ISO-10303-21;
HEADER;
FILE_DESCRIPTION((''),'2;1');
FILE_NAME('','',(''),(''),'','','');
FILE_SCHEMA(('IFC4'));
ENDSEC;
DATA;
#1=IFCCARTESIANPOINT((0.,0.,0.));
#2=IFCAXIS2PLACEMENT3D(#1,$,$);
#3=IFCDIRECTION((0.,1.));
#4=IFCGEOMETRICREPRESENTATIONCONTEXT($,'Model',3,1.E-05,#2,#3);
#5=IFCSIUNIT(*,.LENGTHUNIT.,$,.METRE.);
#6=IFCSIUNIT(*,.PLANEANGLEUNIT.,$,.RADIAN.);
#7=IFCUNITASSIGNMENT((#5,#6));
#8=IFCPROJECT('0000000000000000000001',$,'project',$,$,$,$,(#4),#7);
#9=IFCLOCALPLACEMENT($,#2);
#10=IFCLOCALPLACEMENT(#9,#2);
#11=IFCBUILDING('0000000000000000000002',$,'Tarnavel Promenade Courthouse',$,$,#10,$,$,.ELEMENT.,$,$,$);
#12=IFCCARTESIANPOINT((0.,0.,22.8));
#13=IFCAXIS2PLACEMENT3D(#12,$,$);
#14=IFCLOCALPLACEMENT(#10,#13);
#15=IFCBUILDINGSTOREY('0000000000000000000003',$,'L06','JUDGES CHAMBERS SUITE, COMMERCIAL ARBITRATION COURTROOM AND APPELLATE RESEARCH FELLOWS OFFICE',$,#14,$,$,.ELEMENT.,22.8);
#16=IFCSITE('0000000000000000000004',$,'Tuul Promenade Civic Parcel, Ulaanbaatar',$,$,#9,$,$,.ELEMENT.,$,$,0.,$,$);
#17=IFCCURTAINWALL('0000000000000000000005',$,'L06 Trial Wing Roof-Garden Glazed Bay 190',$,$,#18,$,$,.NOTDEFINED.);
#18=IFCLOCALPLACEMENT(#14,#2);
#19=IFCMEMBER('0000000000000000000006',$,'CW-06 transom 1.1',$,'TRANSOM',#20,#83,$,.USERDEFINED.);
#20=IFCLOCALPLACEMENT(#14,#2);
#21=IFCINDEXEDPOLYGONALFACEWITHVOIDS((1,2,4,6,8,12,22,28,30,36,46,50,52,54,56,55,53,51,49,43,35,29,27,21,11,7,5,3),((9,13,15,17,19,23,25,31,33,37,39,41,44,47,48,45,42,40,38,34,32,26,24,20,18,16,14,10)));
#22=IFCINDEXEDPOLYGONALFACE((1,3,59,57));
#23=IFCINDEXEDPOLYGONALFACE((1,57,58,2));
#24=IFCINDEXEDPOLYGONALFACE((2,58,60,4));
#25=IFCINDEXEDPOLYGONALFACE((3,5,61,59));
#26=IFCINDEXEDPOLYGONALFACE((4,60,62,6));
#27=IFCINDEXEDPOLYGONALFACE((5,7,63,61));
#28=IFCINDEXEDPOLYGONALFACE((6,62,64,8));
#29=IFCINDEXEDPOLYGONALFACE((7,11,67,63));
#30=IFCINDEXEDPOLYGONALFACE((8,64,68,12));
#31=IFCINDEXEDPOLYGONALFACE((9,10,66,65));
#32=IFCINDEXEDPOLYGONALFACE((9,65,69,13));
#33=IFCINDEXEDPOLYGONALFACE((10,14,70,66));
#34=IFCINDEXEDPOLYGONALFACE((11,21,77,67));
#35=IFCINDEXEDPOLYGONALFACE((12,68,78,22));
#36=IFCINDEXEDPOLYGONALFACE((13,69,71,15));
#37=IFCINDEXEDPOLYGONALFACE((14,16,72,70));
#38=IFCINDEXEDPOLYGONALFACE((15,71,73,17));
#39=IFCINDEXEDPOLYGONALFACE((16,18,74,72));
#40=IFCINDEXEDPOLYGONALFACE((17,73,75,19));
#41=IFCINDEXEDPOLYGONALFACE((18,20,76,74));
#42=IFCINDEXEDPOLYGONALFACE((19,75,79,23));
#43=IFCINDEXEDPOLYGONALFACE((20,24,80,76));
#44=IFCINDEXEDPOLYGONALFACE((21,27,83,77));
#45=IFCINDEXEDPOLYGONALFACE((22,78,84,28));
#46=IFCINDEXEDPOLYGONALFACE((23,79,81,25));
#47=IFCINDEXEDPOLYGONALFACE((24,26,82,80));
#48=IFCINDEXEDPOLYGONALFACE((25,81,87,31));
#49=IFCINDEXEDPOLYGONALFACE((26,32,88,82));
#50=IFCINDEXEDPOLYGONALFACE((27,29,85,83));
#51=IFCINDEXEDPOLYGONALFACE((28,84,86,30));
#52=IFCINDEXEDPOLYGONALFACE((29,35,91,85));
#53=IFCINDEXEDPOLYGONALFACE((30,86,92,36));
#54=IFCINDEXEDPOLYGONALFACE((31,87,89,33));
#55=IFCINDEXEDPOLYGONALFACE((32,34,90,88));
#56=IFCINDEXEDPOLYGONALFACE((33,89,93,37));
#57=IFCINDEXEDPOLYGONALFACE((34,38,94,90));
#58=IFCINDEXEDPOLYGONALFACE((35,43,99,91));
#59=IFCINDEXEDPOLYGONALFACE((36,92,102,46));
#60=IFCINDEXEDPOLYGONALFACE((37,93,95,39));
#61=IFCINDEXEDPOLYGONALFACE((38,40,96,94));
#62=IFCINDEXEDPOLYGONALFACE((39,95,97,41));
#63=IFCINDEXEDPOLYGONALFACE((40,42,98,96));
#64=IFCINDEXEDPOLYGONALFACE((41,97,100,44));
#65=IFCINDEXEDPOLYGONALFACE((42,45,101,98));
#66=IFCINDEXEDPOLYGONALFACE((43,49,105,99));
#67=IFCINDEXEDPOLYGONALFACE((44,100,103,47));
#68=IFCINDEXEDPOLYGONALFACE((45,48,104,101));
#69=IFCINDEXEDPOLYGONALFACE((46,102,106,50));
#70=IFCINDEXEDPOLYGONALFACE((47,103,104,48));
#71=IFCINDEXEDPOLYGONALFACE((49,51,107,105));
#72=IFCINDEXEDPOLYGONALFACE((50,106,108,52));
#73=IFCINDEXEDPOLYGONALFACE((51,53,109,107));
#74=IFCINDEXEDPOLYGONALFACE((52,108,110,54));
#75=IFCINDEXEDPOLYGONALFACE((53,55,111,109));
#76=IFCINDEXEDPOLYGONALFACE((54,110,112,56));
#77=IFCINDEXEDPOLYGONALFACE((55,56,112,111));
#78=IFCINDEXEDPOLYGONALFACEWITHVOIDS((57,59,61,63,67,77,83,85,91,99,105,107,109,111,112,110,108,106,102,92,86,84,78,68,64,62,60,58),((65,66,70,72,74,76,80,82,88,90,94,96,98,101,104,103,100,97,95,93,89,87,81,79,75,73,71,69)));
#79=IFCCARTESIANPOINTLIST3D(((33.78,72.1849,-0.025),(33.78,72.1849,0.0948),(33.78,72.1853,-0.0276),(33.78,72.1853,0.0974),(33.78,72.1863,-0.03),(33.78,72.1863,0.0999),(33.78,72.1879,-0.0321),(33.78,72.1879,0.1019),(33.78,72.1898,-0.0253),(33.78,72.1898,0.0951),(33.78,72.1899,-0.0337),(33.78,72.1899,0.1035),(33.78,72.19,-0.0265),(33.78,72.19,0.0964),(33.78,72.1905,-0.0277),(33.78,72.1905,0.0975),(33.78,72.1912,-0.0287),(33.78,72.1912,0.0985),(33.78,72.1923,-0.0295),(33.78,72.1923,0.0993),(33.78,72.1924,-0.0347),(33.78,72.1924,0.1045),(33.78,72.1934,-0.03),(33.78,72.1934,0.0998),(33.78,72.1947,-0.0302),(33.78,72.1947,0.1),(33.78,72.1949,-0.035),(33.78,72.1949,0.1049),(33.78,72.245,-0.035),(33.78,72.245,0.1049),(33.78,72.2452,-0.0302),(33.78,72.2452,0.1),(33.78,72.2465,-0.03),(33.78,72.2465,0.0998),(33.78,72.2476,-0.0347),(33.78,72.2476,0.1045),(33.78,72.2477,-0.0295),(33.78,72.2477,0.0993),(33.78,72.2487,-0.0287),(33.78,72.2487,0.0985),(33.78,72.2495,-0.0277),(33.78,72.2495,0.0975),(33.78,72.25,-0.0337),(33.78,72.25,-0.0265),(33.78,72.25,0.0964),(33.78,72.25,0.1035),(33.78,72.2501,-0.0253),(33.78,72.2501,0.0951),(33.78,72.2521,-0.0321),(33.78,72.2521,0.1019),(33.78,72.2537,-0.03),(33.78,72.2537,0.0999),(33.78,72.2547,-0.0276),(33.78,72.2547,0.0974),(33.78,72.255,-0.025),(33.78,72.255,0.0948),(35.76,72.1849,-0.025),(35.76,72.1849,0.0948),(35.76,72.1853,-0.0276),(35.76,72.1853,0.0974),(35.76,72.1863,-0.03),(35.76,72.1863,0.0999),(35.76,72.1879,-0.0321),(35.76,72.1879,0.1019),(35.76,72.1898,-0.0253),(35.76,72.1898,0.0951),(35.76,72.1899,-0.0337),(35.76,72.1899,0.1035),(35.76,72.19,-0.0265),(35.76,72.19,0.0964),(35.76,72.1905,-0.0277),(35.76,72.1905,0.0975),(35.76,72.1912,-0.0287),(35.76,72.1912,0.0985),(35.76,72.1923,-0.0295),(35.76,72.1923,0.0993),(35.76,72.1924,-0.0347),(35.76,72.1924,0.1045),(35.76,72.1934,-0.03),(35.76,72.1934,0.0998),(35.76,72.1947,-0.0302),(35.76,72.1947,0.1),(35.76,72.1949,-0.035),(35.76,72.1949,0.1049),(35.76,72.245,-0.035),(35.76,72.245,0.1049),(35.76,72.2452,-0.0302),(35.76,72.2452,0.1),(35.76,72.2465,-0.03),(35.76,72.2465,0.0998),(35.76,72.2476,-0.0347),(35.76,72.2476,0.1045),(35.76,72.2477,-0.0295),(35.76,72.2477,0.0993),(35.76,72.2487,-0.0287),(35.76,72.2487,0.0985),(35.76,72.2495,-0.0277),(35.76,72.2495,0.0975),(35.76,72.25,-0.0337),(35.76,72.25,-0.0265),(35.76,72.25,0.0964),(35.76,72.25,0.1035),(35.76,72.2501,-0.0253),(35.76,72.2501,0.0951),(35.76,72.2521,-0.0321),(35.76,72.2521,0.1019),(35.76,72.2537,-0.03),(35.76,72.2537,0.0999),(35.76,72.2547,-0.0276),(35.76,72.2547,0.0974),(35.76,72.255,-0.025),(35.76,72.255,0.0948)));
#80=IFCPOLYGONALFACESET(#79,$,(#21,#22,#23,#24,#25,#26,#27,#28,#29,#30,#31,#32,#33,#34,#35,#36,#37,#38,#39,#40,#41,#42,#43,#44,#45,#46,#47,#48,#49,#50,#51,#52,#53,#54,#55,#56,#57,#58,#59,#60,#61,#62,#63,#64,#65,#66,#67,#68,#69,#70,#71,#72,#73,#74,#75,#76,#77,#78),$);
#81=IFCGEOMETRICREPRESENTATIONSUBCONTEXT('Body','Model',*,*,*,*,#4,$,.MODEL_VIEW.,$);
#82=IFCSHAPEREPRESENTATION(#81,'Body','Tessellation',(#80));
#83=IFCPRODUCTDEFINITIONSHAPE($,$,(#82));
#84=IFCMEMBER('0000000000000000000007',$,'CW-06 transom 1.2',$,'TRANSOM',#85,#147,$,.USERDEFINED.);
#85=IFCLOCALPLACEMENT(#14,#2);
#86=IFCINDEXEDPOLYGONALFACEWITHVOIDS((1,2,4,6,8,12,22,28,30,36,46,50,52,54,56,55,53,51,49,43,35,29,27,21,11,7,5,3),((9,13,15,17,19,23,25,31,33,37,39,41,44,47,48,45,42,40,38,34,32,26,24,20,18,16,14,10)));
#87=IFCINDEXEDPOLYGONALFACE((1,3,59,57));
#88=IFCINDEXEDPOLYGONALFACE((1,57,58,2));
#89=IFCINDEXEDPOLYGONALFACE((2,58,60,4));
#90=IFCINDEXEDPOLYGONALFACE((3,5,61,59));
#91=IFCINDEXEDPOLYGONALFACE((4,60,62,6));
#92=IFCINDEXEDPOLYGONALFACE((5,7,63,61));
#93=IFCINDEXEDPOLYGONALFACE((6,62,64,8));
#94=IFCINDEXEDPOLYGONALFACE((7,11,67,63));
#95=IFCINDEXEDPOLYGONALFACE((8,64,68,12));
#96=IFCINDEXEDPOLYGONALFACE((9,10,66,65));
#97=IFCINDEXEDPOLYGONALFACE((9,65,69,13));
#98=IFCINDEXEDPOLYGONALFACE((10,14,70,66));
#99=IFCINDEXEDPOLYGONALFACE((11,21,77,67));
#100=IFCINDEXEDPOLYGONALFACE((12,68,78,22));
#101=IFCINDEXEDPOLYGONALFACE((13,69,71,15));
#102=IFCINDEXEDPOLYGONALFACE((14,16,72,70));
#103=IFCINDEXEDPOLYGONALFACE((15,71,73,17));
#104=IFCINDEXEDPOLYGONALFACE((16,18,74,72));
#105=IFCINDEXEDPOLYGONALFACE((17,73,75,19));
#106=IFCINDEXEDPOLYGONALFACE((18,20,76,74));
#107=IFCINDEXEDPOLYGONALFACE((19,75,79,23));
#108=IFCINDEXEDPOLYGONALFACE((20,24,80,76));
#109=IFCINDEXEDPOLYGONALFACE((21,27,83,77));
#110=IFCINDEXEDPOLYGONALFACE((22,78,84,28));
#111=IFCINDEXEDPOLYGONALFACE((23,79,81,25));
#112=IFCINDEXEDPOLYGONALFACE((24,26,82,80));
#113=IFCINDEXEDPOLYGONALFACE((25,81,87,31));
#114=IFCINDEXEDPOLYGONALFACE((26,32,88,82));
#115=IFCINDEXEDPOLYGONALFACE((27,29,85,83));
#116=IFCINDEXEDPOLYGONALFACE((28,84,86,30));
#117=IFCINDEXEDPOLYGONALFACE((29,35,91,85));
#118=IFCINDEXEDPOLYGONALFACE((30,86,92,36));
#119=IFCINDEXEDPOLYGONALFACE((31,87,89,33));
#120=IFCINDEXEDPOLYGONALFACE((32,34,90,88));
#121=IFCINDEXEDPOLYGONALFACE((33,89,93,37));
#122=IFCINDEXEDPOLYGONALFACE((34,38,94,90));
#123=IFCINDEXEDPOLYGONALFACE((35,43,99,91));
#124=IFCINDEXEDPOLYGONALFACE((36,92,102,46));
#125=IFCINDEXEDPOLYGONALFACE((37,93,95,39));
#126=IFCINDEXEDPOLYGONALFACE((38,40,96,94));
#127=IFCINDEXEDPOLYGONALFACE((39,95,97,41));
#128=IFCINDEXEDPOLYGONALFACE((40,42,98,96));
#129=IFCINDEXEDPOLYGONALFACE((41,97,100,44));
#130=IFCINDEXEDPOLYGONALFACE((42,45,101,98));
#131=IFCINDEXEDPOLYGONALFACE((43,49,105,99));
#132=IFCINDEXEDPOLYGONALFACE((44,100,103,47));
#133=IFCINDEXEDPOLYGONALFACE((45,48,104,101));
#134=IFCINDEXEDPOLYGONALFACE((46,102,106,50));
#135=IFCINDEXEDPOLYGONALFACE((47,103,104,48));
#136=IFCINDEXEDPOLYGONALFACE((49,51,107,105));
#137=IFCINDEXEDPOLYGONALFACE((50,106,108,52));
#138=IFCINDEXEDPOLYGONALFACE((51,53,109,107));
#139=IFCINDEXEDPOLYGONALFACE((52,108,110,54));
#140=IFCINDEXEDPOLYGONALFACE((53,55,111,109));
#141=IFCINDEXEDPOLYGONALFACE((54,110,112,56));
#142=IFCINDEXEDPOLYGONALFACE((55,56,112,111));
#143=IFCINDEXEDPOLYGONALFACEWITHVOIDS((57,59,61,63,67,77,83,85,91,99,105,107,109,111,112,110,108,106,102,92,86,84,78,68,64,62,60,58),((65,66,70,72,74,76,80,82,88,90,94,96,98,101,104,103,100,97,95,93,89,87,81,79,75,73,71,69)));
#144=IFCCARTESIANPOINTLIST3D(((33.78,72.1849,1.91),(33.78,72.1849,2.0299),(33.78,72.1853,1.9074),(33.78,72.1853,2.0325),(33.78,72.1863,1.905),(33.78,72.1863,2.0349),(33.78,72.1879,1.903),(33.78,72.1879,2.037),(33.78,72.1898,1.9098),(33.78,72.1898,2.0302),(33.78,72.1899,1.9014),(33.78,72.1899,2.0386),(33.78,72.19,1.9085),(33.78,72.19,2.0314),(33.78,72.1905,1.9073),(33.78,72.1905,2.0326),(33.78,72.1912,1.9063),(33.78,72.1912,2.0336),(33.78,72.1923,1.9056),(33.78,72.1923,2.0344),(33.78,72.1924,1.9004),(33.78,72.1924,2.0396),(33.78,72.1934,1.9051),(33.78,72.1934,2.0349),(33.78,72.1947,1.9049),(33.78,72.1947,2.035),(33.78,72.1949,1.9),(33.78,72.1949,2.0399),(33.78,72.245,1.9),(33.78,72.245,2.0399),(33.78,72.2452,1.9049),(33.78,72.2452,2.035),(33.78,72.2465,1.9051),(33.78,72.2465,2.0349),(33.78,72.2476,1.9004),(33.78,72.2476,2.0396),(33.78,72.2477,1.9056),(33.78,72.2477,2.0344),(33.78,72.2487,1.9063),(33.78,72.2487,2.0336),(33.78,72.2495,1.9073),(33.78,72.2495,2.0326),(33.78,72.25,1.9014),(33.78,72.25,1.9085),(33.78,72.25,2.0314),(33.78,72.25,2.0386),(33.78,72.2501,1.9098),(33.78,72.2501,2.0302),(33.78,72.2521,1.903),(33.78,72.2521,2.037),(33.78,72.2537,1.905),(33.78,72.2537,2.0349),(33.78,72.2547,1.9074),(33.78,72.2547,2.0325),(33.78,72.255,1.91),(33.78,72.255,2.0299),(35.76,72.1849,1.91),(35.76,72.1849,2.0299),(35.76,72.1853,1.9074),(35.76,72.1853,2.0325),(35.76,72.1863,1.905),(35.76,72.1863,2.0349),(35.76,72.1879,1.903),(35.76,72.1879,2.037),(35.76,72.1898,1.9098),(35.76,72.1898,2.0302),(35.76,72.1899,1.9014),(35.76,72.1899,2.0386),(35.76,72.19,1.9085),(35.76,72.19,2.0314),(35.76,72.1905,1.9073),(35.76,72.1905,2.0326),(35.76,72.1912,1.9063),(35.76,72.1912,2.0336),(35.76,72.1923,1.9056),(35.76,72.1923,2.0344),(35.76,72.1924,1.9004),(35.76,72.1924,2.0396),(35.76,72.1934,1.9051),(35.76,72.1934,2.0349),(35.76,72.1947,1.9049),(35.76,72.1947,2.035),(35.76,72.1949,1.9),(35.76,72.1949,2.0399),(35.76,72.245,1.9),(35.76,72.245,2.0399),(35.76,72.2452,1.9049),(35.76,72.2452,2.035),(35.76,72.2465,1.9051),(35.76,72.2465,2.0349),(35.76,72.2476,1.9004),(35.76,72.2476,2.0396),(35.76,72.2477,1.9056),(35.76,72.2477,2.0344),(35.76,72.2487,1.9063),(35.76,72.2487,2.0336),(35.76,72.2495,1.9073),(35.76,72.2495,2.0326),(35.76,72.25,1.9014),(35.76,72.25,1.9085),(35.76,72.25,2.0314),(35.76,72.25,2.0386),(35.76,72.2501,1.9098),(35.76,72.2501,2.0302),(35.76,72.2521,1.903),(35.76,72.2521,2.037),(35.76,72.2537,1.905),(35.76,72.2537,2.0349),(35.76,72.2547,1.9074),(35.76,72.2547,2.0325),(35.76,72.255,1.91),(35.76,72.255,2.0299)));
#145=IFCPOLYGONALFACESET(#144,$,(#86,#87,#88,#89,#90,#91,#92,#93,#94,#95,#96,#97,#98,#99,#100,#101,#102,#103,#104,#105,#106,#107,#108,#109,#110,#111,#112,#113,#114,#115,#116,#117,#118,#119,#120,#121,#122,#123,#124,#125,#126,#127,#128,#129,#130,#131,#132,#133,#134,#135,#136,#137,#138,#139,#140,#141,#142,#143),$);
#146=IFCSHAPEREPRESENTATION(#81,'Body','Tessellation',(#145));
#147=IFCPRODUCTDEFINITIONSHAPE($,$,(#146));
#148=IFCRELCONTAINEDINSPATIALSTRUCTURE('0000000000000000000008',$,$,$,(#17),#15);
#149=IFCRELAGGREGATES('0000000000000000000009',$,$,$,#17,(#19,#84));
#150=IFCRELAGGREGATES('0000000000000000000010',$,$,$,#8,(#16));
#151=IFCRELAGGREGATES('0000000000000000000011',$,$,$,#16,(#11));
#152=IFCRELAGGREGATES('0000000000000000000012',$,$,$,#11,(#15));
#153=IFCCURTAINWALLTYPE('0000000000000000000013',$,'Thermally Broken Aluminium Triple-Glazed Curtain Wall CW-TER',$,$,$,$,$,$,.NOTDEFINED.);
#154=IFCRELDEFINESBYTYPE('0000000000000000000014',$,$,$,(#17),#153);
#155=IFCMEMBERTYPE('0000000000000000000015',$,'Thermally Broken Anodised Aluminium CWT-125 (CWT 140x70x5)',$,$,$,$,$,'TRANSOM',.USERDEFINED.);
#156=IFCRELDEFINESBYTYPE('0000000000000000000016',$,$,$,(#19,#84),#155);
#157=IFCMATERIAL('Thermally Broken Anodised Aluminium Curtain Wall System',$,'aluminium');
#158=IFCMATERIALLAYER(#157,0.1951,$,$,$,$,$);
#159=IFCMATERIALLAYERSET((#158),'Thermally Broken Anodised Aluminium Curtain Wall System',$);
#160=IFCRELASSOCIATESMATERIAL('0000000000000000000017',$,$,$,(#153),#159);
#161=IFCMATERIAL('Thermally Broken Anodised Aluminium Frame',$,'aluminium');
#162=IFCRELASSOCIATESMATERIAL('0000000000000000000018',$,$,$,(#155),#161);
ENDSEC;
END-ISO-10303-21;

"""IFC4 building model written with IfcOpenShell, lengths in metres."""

from ifc_helpers import new_model, si_unit, direction, frame, origin, origin_2d, place, context, subcontext, project, spatial, hollow_rectangle, extrude, material, layer, layer_set, material_profile, profile_set, type_object, element, aggregate, save


model = new_model("IFC4")

# Units and contexts
model_context = context("Model", 3, precision=1e-05, world=origin(), true_north=direction((0.0, 1.0)))
body_context = subcontext(model_context, "Body", "Model", "MODEL_VIEW")
ifc_project = project(units=[si_unit("LENGTHUNIT", "METRE"), si_unit("PLANEANGLEUNIT", "RADIAN")], contexts=[model_context])

# Site, building, storey
site_placement = place(None, origin())
site = spatial("IfcSite", under=ifc_project, at=site_placement, Name="Tuul Promenade Civic Parcel, Ulaanbaatar", CompositionType="ELEMENT", RefElevation=0.0)
building_placement = place(site_placement, origin())
building = spatial("IfcBuilding", under=site, at=building_placement, Name="Tarnavel Promenade Courthouse", CompositionType="ELEMENT")
storey_placement = place(building_placement, frame((0.0, 0.0, 22.8)))
storey = spatial("IfcBuildingStorey", under=building, at=storey_placement, Name="L06", Description="JUDGES CHAMBERS SUITE, COMMERCIAL ARBITRATION COURTROOM AND APPELLATE RESEARCH FELLOWS OFFICE", CompositionType="ELEMENT", Elevation=22.8)

# Curtain wall
ifc_material_1 = material(Name="Thermally Broken Anodised Aluminium Curtain Wall System", Category="aluminium")
ifc_layer_1 = layer(ifc_material_1, 0.1951)
ifc_layer_set_1 = layer_set([ifc_layer_1], Name="Thermally Broken Anodised Aluminium Curtain Wall System")
curtain_wall_type = type_object("IfcCurtainWallType", Name="Thermally Broken Aluminium Triple-Glazed Curtain Wall CW-TER", PredefinedType="NOTDEFINED", material=ifc_layer_set_1)
ifc_material_2 = material(Name="Thermally Broken Anodised Aluminium Frame", Category="aluminium")
curtain_wall_1_placement = place(storey_placement, origin())
curtain_wall_1 = element("IfcCurtainWall", 1, at=curtain_wall_1_placement, inside=storey, type_object=curtain_wall_type, Name="L06 Trial Wing Roof-Garden Glazed Bay 190", PredefinedType="NOTDEFINED")

# Members
ifc_material_profile_1 = material_profile(ifc_material_2, hollow_rectangle(XDim=0.0701, YDim=0.1399, WallThickness=0.0049, InnerFilletRadius=0.0049, OuterFilletRadius=0.01, at=origin_2d()), Name="CWT 140x70x5")
ifc_profile_set_1 = profile_set([ifc_material_profile_1], Name="Thermally Broken Anodised Aluminium Frame")
member_type_1 = type_object("IfcMemberType", Name="Thermally Broken Anodised Aluminium CWT-125 (CWT 140x70x5)", ElementType="TRANSOM", PredefinedType="USERDEFINED", material=ifc_profile_set_1)
member_1_placement = place(storey_placement, frame((33.78, 72.22, 0.0349), z_axis=(1.0, 0.0, 0.0), x_axis=(0.0, 1.0, 0.0)))
member_1 = element("IfcMember", 2, at=member_1_placement, type_object=member_type_1, Name="CW-06 transom 1.1", ObjectType="TRANSOM", PredefinedType="USERDEFINED", context=body_context, shape_type="SweptSolid", body=[
    extrude(hollow_rectangle(XDim=0.0701, YDim=0.1399, WallThickness=0.0049, InnerFilletRadius=0.0049, OuterFilletRadius=0.01, at=origin_2d()), origin(), (0.0, 0.0, 1.0), 1.98),
])
member_2_placement = place(storey_placement, frame((33.78, 72.22, 1.97), z_axis=(1.0, 0.0, 0.0), x_axis=(0.0, 1.0, 0.0)))
member_2 = element("IfcMember", 3, at=member_2_placement, type_object=member_type_1, Name="CW-06 transom 1.2", ObjectType="TRANSOM", PredefinedType="USERDEFINED", context=body_context, shape_type="SweptSolid", body=[
    extrude(hollow_rectangle(XDim=0.0701, YDim=0.1399, WallThickness=0.0049, InnerFilletRadius=0.0049, OuterFilletRadius=0.01, at=origin_2d()), origin(), (0.0, 0.0, 1.0), 1.98),
])

aggregate(curtain_wall_1, [member_1, member_2])

save(model, "model.ifc")
